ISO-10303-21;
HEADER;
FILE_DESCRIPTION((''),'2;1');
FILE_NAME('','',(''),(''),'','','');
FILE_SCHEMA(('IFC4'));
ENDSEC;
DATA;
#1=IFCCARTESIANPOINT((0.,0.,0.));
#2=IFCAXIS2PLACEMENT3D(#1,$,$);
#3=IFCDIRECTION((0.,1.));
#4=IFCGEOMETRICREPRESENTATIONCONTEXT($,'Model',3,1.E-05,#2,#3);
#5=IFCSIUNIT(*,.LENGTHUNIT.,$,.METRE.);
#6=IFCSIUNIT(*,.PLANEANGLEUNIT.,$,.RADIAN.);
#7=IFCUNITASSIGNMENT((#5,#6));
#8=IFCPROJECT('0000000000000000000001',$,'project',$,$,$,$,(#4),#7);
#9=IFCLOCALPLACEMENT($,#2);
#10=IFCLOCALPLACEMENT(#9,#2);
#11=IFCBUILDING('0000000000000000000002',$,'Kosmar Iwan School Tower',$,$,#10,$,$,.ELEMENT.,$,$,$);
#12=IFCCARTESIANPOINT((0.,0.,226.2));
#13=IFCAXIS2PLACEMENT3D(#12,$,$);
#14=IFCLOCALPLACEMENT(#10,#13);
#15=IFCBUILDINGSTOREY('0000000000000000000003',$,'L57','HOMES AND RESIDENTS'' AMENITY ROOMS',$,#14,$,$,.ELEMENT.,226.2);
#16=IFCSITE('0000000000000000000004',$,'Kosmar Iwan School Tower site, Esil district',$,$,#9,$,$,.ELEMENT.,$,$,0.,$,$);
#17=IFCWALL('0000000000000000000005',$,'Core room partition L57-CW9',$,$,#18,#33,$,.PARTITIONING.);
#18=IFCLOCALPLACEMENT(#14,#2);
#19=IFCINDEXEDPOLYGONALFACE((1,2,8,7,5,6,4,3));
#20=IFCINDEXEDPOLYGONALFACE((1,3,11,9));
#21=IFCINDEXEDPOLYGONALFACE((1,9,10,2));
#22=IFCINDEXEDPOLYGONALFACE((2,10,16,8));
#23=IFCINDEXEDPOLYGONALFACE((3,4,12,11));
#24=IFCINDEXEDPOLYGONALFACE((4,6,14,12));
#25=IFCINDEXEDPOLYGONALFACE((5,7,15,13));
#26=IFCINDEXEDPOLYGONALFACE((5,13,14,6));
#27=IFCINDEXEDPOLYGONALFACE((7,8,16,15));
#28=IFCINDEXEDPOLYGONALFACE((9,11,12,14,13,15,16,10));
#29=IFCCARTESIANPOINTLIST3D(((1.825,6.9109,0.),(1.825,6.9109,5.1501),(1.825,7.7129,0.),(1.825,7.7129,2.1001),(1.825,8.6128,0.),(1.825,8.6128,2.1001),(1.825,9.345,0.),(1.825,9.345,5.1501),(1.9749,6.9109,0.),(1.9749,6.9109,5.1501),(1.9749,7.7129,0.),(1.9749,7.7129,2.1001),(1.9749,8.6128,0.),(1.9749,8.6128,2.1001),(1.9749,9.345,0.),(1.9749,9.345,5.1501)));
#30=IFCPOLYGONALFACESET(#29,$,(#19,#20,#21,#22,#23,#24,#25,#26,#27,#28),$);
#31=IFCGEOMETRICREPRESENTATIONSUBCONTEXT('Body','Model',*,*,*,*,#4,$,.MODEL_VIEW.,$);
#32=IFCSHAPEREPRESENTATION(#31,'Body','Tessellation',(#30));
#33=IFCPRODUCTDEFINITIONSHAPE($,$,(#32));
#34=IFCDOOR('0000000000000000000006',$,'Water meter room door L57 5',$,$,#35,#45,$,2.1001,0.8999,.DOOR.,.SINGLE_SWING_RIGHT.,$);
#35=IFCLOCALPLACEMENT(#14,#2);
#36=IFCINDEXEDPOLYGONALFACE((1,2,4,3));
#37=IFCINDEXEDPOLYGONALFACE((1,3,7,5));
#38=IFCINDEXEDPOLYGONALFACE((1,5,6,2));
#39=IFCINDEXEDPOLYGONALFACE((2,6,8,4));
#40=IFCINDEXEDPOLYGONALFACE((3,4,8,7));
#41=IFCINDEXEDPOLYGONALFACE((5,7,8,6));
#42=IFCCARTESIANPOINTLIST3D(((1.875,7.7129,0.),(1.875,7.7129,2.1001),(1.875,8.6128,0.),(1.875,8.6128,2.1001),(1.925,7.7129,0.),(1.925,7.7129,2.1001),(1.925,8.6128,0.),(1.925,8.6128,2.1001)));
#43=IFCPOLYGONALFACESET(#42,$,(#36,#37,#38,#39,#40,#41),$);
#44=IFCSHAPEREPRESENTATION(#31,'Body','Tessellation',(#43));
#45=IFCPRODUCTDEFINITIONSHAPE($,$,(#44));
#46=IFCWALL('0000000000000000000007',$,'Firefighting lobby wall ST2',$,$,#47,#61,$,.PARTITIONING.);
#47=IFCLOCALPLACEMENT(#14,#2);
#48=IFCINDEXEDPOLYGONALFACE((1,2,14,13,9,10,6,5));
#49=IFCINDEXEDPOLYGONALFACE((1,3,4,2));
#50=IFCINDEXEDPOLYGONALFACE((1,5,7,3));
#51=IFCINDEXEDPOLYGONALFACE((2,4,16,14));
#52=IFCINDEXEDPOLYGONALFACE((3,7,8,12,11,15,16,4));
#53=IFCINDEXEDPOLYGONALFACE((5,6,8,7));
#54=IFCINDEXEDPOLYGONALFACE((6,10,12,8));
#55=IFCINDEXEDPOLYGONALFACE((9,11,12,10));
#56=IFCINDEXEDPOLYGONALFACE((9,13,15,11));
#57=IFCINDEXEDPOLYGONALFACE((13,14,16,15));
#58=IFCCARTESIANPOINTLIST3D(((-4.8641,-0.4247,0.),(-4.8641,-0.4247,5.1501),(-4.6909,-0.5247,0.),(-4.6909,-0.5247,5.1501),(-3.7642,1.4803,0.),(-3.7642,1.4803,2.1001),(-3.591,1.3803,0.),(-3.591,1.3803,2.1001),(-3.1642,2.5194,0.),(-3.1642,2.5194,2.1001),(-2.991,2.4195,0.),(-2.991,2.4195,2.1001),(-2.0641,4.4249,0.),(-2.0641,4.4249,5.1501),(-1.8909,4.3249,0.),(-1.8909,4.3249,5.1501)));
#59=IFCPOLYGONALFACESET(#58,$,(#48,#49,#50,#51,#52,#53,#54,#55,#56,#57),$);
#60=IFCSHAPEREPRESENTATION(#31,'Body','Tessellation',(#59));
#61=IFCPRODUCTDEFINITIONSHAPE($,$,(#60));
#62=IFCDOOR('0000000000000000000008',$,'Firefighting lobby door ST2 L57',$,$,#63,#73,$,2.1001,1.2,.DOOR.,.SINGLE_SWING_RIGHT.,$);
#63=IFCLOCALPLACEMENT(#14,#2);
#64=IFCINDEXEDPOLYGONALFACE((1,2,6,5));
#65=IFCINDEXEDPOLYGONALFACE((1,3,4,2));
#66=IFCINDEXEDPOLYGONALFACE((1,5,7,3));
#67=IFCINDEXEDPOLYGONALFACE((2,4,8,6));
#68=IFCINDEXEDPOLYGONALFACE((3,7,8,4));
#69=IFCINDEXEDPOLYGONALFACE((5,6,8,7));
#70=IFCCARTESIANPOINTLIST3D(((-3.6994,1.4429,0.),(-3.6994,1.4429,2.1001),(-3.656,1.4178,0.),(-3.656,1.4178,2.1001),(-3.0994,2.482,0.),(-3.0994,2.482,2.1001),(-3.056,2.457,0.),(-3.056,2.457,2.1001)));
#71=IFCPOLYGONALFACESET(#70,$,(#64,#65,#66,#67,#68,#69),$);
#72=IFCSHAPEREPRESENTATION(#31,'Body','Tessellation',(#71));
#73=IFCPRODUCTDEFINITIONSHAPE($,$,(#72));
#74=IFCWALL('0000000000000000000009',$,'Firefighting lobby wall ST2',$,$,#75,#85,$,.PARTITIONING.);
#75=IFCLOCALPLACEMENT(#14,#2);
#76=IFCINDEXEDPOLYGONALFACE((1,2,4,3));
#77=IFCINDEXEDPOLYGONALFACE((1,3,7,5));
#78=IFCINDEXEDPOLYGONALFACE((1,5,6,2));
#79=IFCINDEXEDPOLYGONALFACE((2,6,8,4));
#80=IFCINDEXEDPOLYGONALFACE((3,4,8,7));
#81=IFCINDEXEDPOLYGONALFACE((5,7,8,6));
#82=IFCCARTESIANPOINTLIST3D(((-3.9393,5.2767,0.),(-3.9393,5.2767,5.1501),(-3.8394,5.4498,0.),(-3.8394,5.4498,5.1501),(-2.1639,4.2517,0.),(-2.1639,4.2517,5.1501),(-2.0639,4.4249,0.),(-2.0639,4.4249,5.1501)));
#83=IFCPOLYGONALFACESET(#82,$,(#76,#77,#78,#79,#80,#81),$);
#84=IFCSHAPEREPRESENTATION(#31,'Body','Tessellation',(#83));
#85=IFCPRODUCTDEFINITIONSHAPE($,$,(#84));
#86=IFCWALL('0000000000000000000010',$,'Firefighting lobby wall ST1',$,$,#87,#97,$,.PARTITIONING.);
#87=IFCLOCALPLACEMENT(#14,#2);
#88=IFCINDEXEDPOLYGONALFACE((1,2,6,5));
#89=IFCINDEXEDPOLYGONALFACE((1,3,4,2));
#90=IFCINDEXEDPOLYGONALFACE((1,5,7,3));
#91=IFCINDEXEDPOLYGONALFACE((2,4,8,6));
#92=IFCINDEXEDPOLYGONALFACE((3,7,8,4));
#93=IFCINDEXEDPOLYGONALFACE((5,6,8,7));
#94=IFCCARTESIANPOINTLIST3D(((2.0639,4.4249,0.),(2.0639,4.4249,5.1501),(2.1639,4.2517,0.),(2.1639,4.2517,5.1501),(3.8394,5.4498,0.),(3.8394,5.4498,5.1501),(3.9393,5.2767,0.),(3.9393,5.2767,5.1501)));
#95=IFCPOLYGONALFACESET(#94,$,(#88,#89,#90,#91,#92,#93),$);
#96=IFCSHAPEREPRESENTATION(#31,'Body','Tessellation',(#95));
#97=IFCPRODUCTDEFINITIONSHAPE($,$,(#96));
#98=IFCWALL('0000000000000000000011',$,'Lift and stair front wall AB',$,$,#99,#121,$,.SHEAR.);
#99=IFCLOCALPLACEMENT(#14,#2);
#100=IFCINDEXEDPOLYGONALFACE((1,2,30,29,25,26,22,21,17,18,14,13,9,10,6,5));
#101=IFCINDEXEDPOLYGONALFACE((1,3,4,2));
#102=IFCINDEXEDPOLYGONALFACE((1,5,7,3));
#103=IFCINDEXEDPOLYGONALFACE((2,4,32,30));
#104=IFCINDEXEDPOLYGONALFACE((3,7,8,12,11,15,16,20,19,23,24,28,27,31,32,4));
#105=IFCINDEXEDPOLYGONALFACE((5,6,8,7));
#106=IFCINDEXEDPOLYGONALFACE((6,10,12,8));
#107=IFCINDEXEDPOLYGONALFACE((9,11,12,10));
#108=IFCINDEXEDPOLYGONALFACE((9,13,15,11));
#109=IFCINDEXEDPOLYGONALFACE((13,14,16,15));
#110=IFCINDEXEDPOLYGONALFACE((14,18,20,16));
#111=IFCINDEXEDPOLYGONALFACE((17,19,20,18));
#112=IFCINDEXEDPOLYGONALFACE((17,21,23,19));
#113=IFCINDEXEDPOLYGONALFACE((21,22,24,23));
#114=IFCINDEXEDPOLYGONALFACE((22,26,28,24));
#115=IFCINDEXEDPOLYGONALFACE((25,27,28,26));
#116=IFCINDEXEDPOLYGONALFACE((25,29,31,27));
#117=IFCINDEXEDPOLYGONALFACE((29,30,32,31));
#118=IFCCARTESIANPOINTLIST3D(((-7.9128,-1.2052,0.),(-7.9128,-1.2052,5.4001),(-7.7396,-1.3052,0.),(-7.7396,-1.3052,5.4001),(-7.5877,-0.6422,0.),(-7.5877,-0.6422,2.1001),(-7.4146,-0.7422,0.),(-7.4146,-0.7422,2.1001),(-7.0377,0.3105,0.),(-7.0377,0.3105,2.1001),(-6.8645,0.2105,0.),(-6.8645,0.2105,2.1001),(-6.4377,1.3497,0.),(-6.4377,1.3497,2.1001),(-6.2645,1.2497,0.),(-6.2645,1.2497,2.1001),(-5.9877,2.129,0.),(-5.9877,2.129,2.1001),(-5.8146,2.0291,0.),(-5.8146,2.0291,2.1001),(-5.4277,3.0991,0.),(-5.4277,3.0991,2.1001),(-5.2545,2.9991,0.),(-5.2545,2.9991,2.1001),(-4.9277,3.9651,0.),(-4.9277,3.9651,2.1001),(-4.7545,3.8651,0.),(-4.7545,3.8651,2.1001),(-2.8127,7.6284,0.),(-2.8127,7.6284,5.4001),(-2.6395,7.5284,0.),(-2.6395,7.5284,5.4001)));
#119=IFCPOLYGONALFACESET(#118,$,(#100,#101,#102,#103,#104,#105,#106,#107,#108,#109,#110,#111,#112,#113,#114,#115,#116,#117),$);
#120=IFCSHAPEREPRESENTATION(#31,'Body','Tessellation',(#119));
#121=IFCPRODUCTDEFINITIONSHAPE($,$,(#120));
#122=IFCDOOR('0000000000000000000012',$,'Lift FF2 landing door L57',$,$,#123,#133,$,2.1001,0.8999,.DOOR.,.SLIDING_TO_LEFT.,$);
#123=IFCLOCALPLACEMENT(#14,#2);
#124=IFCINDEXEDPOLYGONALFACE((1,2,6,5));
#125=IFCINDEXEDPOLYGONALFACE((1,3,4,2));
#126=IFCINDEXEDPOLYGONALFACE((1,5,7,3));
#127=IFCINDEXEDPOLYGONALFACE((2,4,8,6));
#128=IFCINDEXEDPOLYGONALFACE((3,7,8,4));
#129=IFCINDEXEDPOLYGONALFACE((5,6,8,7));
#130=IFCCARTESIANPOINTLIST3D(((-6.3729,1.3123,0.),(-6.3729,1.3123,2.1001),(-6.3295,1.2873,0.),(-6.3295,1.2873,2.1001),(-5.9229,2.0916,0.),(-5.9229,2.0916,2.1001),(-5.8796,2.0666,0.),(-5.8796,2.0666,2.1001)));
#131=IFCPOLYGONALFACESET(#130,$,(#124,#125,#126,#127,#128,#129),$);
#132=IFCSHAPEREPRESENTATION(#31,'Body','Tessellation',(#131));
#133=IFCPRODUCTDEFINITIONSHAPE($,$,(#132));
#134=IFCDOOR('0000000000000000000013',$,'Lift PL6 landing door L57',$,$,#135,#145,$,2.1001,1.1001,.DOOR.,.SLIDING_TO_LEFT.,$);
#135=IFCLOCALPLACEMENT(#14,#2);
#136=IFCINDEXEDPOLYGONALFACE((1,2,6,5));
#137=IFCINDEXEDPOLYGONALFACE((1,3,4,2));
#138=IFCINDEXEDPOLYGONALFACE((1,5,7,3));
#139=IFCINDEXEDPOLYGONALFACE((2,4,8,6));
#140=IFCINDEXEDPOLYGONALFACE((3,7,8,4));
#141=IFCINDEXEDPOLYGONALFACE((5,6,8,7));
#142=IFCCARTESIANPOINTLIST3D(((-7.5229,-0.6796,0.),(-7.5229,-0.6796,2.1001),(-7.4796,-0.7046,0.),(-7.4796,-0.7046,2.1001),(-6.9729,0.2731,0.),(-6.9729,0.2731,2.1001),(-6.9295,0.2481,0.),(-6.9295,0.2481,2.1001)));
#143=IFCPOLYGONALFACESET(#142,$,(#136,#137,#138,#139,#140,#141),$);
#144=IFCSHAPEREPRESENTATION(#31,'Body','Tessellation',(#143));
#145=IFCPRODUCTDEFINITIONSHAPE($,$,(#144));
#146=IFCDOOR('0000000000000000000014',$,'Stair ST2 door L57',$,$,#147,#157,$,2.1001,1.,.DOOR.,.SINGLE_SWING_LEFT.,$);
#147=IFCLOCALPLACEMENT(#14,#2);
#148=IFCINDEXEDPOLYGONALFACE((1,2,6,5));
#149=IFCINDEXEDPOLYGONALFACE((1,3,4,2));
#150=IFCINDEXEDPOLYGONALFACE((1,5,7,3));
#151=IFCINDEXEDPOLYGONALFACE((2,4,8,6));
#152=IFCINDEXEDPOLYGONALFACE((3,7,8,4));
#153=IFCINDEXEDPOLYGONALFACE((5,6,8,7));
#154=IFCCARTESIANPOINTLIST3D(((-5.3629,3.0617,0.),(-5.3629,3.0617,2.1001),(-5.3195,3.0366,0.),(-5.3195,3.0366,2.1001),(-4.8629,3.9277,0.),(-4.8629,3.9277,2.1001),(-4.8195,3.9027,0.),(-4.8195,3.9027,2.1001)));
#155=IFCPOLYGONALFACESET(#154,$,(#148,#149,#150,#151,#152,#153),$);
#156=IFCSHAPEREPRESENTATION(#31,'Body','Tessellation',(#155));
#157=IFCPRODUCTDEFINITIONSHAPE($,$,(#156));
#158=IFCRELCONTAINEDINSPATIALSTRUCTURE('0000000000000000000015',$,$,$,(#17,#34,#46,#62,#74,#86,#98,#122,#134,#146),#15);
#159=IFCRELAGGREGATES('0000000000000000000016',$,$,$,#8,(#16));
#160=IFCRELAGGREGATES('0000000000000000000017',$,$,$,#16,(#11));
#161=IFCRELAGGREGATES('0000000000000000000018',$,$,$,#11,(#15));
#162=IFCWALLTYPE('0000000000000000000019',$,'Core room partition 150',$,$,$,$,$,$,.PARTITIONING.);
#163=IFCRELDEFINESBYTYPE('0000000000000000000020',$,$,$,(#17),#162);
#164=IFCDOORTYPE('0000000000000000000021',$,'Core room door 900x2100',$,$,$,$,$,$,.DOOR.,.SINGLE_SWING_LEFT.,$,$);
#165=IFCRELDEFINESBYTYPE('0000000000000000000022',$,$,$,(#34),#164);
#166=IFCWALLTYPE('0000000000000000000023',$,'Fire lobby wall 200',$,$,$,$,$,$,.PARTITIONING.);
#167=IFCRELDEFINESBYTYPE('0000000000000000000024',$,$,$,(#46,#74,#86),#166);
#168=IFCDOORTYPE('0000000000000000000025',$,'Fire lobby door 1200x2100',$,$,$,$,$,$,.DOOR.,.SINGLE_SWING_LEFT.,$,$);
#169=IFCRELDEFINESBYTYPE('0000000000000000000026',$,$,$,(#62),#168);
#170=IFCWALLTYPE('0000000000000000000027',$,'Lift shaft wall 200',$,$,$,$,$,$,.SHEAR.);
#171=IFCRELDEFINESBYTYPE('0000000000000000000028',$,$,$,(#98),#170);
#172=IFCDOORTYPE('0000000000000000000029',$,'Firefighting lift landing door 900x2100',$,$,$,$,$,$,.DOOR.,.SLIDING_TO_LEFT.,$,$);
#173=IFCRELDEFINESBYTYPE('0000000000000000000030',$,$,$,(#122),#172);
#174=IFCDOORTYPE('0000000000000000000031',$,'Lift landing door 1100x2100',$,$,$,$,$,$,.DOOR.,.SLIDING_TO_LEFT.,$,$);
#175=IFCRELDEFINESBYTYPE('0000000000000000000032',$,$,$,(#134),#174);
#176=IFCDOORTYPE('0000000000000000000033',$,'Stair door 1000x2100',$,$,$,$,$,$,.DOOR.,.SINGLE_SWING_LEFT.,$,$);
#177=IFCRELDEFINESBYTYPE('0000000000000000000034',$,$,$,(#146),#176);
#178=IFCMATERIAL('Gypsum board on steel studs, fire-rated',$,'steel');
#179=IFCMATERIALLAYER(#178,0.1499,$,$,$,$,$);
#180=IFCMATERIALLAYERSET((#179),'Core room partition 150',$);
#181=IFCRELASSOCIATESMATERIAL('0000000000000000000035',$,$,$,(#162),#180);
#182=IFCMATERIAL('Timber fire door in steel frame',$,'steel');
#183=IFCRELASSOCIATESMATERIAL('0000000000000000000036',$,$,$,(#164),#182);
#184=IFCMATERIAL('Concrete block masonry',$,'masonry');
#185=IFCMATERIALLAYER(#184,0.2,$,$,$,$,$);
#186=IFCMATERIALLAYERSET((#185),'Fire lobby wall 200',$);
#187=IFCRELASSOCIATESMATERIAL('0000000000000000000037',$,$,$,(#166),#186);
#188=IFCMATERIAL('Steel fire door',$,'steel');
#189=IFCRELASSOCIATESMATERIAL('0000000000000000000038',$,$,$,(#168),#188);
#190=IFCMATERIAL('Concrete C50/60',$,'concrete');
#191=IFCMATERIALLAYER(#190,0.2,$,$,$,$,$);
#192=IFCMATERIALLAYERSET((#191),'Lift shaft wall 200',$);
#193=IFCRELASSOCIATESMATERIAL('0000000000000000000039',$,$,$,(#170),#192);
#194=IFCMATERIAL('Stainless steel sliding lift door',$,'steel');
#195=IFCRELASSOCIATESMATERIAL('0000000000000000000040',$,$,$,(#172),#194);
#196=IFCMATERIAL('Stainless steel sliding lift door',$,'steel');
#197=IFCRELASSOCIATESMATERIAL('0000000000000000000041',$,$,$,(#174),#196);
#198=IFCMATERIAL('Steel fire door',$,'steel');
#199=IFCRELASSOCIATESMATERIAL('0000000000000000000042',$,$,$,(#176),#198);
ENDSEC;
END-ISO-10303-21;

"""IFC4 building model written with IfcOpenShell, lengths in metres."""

from ifc_helpers import new_model, si_unit, direction, frame, frame_2d, origin, place, context, subcontext, project, spatial, rectangle, extrude, material, layer, layer_set, type_object, element, fill, save


model = new_model("IFC4")

# Units and contexts
model_context = context("Model", 3, precision=1e-05, world=origin(), true_north=direction((0.0, 1.0)))
body_context = subcontext(model_context, "Body", "Model", "MODEL_VIEW")
ifc_project = project(units=[si_unit("LENGTHUNIT", "METRE"), si_unit("PLANEANGLEUNIT", "RADIAN")], contexts=[model_context])

# Site, building, storey
site_placement = place(None, origin())
site = spatial("IfcSite", under=ifc_project, at=site_placement, Name="Kosmar Iwan School Tower site, Esil district", CompositionType="ELEMENT", RefElevation=0.0)
building_placement = place(site_placement, origin())
building = spatial("IfcBuilding", under=site, at=building_placement, Name="Kosmar Iwan School Tower", CompositionType="ELEMENT")
storey_placement = place(building_placement, frame((0.0, 0.0, 226.2)))
storey = spatial("IfcBuildingStorey", under=building, at=storey_placement, Name="L57", Description="HOMES AND RESIDENTS' AMENITY ROOMS", CompositionType="ELEMENT", Elevation=226.2)

# Shared definitions
ifc_material_1 = material(Name="Gypsum board on steel studs, fire-rated", Category="steel")
ifc_layer_1 = layer(ifc_material_1, 0.1499)
ifc_layer_set_1 = layer_set([ifc_layer_1], Name="Core room partition 150")
wall_type_1 = type_object("IfcWallType", Name="Core room partition 150", PredefinedType="PARTITIONING", material=ifc_layer_set_1)
ifc_material_2 = material(Name="Timber fire door in steel frame", Category="steel")
door_type_1 = type_object("IfcDoorType", Name="Core room door 900x2100", OperationType="SINGLE_SWING_LEFT", PredefinedType="DOOR", material=ifc_material_2)

# Walls, openings, doors
wall_1_placement = place(storey_placement, frame((1.8999, 6.9109, 0.0), z_axis=(0.0, 0.0, 1.0), x_axis=(0.0, 1.0, 0.0)))
wall_1 = element("IfcWall", 1, at=wall_1_placement, inside=storey, type_object=wall_type_1, Name="Core room partition L57-CW9", PredefinedType="PARTITIONING", context=body_context, shape_type="SweptSolid", body=[
    extrude(rectangle(XDim=2.4341, YDim=0.1499, at=frame_2d((1.217, 0.0))), origin(), (0.0, 0.0, 1.0), 5.1501),
])
opening_1_placement = place(wall_1_placement, frame((0.802, 0.0, 0.0)))
opening_1 = element("IfcOpeningElement", 2, at=opening_1_placement, cuts=wall_1, PredefinedType="OPENING", context=body_context, shape_type="SweptSolid", body=[
    extrude(rectangle(XDim=0.8999, YDim=2.1001, at=frame_2d((0.45, 1.05))), frame((0.0, 0.0869, 0.0), z_axis=(0.0, -1.0, 0.0), x_axis=(1.0, 0.0, 0.0)), (0.0, 0.0, 1.0), 0.1738),
])
door_1_placement = place(opening_1_placement, origin())
door_1 = element("IfcDoor", 3, at=door_1_placement, inside=storey, type_object=door_type_1, Name="Water meter room door L57 5", OperationType="SINGLE_SWING_RIGHT", OverallHeight=2.1001, OverallWidth=0.8999, PredefinedType="DOOR", context=body_context, shape_type="SweptSolid", body=[
    extrude(rectangle(XDim=0.8999, YDim=2.1001, at=frame_2d((0.45, 1.05))), frame((0.0, 0.0249, 0.0), z_axis=(0.0, -1.0, 0.0), x_axis=(1.0, 0.0, 0.0)), (0.0, 0.0, 1.0), 0.05),
])
fill(opening_1, door_1)
ifc_material_3 = material(Name="Concrete block masonry", Category="masonry")
ifc_layer_2 = layer(ifc_material_3, 0.2)
ifc_layer_set_2 = layer_set([ifc_layer_2], Name="Fire lobby wall 200")
wall_type_2 = type_object("IfcWallType", Name="Fire lobby wall 200", PredefinedType="PARTITIONING", material=ifc_layer_set_2)
wall_2_placement = place(storey_placement, frame((-1.9775, 4.3748, 0.0), z_axis=(0.0, 0.0, 1.0), x_axis=(-0.500017, -0.866016, 0.0)))
wall_2 = element("IfcWall", 4, at=wall_2_placement, inside=storey, type_object=wall_type_2, Name="Firefighting lobby wall ST2", PredefinedType="PARTITIONING", context=body_context, shape_type="SweptSolid", body=[
    extrude(rectangle(XDim=5.5999, YDim=0.2, at=frame_2d((2.7998, 0.0))), origin(), (0.0, 0.0, 1.0), 5.1501),
])
opening_2_placement = place(wall_2_placement, frame((2.2, 0.0, 0.0)))
opening_2 = element("IfcOpeningElement", 5, at=opening_2_placement, cuts=wall_2, PredefinedType="OPENING", context=body_context, shape_type="SweptSolid", body=[
    extrude(rectangle(XDim=1.2, YDim=2.1001, at=frame_2d((0.6001, 1.05))), frame((0.0, 0.1121, 0.0), z_axis=(0.0, -1.0, 0.0), x_axis=(1.0, 0.0, 0.0)), (0.0, 0.0, 1.0), 0.2239),
])
ifc_material_4 = material(Name="Steel fire door", Category="steel")
door_type_2 = type_object("IfcDoorType", Name="Fire lobby door 1200x2100", OperationType="SINGLE_SWING_LEFT", PredefinedType="DOOR", material=ifc_material_4)
door_2_placement = place(opening_2_placement, origin())
door_2 = element("IfcDoor", 6, at=door_2_placement, inside=storey, type_object=door_type_2, Name="Firefighting lobby door ST2 L57", OperationType="SINGLE_SWING_RIGHT", OverallHeight=2.1001, OverallWidth=1.2, PredefinedType="DOOR", context=body_context, shape_type="SweptSolid", body=[
    extrude(rectangle(XDim=1.2, YDim=2.1001, at=frame_2d((0.6001, 1.05))), frame((0.0, 0.0249, 0.0), z_axis=(0.0, -1.0, 0.0), x_axis=(1.0, 0.0, 0.0)), (0.0, 0.0, 1.0), 0.05),
])
fill(opening_2, door_2)

# Walls
for number, where, z_axis, x_axis, name in (
    (7, (-2.114, 4.3384, 0.0), (0.0, 0.0, 1.0), (-0.866051, 0.499956, 0.0), "Firefighting lobby wall ST2"),
    (8, (2.114, 4.3384, 0.0), (0.0, 0.0, 1.0), (0.866051, 0.499956, 0.0), "Firefighting lobby wall ST1"),
):
    element("IfcWall", number, at=place(storey_placement, frame(where, z_axis=z_axis, x_axis=x_axis)), inside=storey, type_object=wall_type_2, Name=name, PredefinedType="PARTITIONING", context=body_context, shape_type="SweptSolid", body=[
        extrude(rectangle(XDim=2.05, YDim=0.2, at=frame_2d((1.0249, 0.0))), origin(), (0.0, 0.0, 1.0), 5.1501),
    ])

# Wall, openings, doors
ifc_material_5 = material(Name="Concrete C50/60", Category="concrete")
ifc_layer_3 = layer(ifc_material_5, 0.2)
ifc_layer_set_3 = layer_set([ifc_layer_3], Name="Lift shaft wall 200")
wall_type_3 = type_object("IfcWallType", Name="Lift shaft wall 200", PredefinedType="SHEAR", material=ifc_layer_set_3)
wall_3_placement = place(storey_placement, frame((-2.7261, 7.5784, 0.0), z_axis=(0.0, 0.0, 1.0), x_axis=(-0.500006, -0.866022, 0.0)))
wall_3 = element("IfcWall", 9, at=wall_3_placement, inside=storey, type_object=wall_type_3, Name="Lift and stair front wall AB", PredefinedType="SHEAR", context=body_context, shape_type="SweptSolid", body=[
    extrude(rectangle(XDim=10.2002, YDim=0.2, at=frame_2d((5.1001, 0.0))), origin(), (0.0, 0.0, 1.0), 5.4001),
])
opening_3_placement = place(wall_3_placement, frame((6.3501, 0.0, 0.0)))
opening_3 = element("IfcOpeningElement", 10, at=opening_3_placement, cuts=wall_3, PredefinedType="OPENING", context=body_context, shape_type="SweptSolid", body=[
    extrude(rectangle(XDim=0.8999, YDim=2.1001, at=frame_2d((0.45, 1.05))), frame((0.0, 0.1121, 0.0), z_axis=(0.0, -1.0, 0.0), x_axis=(1.0, 0.0, 0.0)), (0.0, 0.0, 1.0), 0.2239),
])
opening_4_placement = place(wall_3_placement, frame((8.45, 0.0, 0.0)))
opening_4 = element("IfcOpeningElement", 11, at=opening_4_placement, cuts=wall_3, PredefinedType="OPENING", context=body_context, shape_type="SweptSolid", body=[
    extrude(rectangle(XDim=1.1001, YDim=2.1001, at=frame_2d((0.55, 1.05))), frame((0.0, 0.1121, 0.0), z_axis=(0.0, -1.0, 0.0), x_axis=(1.0, 0.0, 0.0)), (0.0, 0.0, 1.0), 0.2239),
])
opening_5_placement = place(wall_3_placement, frame((4.23, 0.0, 0.0)))
opening_5 = element("IfcOpeningElement", 12, at=opening_5_placement, cuts=wall_3, PredefinedType="OPENING", context=body_context, shape_type="SweptSolid", body=[
    extrude(rectangle(XDim=1.0, YDim=2.1001, at=frame_2d((0.5, 1.05))), frame((0.0, 0.1121, 0.0), z_axis=(0.0, -1.0, 0.0), x_axis=(1.0, 0.0, 0.0)), (0.0, 0.0, 1.0), 0.2239),
])
ifc_material_6 = material(Name="Stainless steel sliding lift door", Category="steel")
door_type_3 = type_object("IfcDoorType", Name="Firefighting lift landing door 900x2100", OperationType="SLIDING_TO_LEFT", PredefinedType="DOOR", material=ifc_material_6)
door_3_placement = place(opening_3_placement, origin())
door_3 = element("IfcDoor", 13, at=door_3_placement, inside=storey, type_object=door_type_3, Name="Lift FF2 landing door L57", OperationType="SLIDING_TO_LEFT", OverallHeight=2.1001, OverallWidth=0.8999, PredefinedType="DOOR", context=body_context, shape_type="SweptSolid", body=[
    extrude(rectangle(XDim=0.8999, YDim=2.1001, at=frame_2d((0.45, 1.05))), frame((0.0, 0.0249, 0.0), z_axis=(0.0, -1.0, 0.0), x_axis=(1.0, 0.0, 0.0)), (0.0, 0.0, 1.0), 0.05),
])
fill(opening_3, door_3)
ifc_material_7 = material(Name="Stainless steel sliding lift door", Category="steel")
door_type_4 = type_object("IfcDoorType", Name="Lift landing door 1100x2100", OperationType="SLIDING_TO_LEFT", PredefinedType="DOOR", material=ifc_material_7)
door_4_placement = place(opening_4_placement, origin())
door_4 = element("IfcDoor", 14, at=door_4_placement, inside=storey, type_object=door_type_4, Name="Lift PL6 landing door L57", OperationType="SLIDING_TO_LEFT", OverallHeight=2.1001, OverallWidth=1.1001, PredefinedType="DOOR", context=body_context, shape_type="SweptSolid", body=[
    extrude(rectangle(XDim=1.1001, YDim=2.1001, at=frame_2d((0.55, 1.05))), frame((0.0, 0.0249, 0.0), z_axis=(0.0, -1.0, 0.0), x_axis=(1.0, 0.0, 0.0)), (0.0, 0.0, 1.0), 0.05),
])
fill(opening_4, door_4)
ifc_material_8 = material(Name="Steel fire door", Category="steel")
door_type_5 = type_object("IfcDoorType", Name="Stair door 1000x2100", OperationType="SINGLE_SWING_LEFT", PredefinedType="DOOR", material=ifc_material_8)
door_5_placement = place(opening_5_placement, origin())
door_5 = element("IfcDoor", 15, at=door_5_placement, inside=storey, type_object=door_type_5, Name="Stair ST2 door L57", OperationType="SINGLE_SWING_LEFT", OverallHeight=2.1001, OverallWidth=1.0, PredefinedType="DOOR", context=body_context, shape_type="SweptSolid", body=[
    extrude(rectangle(XDim=1.0, YDim=2.1001, at=frame_2d((0.5, 1.05))), frame((0.0, 0.0249, 0.0), z_axis=(0.0, -1.0, 0.0), x_axis=(1.0, 0.0, 0.0)), (0.0, 0.0, 1.0), 0.05),
])
fill(opening_5, door_5)

save(model, "model.ifc")
